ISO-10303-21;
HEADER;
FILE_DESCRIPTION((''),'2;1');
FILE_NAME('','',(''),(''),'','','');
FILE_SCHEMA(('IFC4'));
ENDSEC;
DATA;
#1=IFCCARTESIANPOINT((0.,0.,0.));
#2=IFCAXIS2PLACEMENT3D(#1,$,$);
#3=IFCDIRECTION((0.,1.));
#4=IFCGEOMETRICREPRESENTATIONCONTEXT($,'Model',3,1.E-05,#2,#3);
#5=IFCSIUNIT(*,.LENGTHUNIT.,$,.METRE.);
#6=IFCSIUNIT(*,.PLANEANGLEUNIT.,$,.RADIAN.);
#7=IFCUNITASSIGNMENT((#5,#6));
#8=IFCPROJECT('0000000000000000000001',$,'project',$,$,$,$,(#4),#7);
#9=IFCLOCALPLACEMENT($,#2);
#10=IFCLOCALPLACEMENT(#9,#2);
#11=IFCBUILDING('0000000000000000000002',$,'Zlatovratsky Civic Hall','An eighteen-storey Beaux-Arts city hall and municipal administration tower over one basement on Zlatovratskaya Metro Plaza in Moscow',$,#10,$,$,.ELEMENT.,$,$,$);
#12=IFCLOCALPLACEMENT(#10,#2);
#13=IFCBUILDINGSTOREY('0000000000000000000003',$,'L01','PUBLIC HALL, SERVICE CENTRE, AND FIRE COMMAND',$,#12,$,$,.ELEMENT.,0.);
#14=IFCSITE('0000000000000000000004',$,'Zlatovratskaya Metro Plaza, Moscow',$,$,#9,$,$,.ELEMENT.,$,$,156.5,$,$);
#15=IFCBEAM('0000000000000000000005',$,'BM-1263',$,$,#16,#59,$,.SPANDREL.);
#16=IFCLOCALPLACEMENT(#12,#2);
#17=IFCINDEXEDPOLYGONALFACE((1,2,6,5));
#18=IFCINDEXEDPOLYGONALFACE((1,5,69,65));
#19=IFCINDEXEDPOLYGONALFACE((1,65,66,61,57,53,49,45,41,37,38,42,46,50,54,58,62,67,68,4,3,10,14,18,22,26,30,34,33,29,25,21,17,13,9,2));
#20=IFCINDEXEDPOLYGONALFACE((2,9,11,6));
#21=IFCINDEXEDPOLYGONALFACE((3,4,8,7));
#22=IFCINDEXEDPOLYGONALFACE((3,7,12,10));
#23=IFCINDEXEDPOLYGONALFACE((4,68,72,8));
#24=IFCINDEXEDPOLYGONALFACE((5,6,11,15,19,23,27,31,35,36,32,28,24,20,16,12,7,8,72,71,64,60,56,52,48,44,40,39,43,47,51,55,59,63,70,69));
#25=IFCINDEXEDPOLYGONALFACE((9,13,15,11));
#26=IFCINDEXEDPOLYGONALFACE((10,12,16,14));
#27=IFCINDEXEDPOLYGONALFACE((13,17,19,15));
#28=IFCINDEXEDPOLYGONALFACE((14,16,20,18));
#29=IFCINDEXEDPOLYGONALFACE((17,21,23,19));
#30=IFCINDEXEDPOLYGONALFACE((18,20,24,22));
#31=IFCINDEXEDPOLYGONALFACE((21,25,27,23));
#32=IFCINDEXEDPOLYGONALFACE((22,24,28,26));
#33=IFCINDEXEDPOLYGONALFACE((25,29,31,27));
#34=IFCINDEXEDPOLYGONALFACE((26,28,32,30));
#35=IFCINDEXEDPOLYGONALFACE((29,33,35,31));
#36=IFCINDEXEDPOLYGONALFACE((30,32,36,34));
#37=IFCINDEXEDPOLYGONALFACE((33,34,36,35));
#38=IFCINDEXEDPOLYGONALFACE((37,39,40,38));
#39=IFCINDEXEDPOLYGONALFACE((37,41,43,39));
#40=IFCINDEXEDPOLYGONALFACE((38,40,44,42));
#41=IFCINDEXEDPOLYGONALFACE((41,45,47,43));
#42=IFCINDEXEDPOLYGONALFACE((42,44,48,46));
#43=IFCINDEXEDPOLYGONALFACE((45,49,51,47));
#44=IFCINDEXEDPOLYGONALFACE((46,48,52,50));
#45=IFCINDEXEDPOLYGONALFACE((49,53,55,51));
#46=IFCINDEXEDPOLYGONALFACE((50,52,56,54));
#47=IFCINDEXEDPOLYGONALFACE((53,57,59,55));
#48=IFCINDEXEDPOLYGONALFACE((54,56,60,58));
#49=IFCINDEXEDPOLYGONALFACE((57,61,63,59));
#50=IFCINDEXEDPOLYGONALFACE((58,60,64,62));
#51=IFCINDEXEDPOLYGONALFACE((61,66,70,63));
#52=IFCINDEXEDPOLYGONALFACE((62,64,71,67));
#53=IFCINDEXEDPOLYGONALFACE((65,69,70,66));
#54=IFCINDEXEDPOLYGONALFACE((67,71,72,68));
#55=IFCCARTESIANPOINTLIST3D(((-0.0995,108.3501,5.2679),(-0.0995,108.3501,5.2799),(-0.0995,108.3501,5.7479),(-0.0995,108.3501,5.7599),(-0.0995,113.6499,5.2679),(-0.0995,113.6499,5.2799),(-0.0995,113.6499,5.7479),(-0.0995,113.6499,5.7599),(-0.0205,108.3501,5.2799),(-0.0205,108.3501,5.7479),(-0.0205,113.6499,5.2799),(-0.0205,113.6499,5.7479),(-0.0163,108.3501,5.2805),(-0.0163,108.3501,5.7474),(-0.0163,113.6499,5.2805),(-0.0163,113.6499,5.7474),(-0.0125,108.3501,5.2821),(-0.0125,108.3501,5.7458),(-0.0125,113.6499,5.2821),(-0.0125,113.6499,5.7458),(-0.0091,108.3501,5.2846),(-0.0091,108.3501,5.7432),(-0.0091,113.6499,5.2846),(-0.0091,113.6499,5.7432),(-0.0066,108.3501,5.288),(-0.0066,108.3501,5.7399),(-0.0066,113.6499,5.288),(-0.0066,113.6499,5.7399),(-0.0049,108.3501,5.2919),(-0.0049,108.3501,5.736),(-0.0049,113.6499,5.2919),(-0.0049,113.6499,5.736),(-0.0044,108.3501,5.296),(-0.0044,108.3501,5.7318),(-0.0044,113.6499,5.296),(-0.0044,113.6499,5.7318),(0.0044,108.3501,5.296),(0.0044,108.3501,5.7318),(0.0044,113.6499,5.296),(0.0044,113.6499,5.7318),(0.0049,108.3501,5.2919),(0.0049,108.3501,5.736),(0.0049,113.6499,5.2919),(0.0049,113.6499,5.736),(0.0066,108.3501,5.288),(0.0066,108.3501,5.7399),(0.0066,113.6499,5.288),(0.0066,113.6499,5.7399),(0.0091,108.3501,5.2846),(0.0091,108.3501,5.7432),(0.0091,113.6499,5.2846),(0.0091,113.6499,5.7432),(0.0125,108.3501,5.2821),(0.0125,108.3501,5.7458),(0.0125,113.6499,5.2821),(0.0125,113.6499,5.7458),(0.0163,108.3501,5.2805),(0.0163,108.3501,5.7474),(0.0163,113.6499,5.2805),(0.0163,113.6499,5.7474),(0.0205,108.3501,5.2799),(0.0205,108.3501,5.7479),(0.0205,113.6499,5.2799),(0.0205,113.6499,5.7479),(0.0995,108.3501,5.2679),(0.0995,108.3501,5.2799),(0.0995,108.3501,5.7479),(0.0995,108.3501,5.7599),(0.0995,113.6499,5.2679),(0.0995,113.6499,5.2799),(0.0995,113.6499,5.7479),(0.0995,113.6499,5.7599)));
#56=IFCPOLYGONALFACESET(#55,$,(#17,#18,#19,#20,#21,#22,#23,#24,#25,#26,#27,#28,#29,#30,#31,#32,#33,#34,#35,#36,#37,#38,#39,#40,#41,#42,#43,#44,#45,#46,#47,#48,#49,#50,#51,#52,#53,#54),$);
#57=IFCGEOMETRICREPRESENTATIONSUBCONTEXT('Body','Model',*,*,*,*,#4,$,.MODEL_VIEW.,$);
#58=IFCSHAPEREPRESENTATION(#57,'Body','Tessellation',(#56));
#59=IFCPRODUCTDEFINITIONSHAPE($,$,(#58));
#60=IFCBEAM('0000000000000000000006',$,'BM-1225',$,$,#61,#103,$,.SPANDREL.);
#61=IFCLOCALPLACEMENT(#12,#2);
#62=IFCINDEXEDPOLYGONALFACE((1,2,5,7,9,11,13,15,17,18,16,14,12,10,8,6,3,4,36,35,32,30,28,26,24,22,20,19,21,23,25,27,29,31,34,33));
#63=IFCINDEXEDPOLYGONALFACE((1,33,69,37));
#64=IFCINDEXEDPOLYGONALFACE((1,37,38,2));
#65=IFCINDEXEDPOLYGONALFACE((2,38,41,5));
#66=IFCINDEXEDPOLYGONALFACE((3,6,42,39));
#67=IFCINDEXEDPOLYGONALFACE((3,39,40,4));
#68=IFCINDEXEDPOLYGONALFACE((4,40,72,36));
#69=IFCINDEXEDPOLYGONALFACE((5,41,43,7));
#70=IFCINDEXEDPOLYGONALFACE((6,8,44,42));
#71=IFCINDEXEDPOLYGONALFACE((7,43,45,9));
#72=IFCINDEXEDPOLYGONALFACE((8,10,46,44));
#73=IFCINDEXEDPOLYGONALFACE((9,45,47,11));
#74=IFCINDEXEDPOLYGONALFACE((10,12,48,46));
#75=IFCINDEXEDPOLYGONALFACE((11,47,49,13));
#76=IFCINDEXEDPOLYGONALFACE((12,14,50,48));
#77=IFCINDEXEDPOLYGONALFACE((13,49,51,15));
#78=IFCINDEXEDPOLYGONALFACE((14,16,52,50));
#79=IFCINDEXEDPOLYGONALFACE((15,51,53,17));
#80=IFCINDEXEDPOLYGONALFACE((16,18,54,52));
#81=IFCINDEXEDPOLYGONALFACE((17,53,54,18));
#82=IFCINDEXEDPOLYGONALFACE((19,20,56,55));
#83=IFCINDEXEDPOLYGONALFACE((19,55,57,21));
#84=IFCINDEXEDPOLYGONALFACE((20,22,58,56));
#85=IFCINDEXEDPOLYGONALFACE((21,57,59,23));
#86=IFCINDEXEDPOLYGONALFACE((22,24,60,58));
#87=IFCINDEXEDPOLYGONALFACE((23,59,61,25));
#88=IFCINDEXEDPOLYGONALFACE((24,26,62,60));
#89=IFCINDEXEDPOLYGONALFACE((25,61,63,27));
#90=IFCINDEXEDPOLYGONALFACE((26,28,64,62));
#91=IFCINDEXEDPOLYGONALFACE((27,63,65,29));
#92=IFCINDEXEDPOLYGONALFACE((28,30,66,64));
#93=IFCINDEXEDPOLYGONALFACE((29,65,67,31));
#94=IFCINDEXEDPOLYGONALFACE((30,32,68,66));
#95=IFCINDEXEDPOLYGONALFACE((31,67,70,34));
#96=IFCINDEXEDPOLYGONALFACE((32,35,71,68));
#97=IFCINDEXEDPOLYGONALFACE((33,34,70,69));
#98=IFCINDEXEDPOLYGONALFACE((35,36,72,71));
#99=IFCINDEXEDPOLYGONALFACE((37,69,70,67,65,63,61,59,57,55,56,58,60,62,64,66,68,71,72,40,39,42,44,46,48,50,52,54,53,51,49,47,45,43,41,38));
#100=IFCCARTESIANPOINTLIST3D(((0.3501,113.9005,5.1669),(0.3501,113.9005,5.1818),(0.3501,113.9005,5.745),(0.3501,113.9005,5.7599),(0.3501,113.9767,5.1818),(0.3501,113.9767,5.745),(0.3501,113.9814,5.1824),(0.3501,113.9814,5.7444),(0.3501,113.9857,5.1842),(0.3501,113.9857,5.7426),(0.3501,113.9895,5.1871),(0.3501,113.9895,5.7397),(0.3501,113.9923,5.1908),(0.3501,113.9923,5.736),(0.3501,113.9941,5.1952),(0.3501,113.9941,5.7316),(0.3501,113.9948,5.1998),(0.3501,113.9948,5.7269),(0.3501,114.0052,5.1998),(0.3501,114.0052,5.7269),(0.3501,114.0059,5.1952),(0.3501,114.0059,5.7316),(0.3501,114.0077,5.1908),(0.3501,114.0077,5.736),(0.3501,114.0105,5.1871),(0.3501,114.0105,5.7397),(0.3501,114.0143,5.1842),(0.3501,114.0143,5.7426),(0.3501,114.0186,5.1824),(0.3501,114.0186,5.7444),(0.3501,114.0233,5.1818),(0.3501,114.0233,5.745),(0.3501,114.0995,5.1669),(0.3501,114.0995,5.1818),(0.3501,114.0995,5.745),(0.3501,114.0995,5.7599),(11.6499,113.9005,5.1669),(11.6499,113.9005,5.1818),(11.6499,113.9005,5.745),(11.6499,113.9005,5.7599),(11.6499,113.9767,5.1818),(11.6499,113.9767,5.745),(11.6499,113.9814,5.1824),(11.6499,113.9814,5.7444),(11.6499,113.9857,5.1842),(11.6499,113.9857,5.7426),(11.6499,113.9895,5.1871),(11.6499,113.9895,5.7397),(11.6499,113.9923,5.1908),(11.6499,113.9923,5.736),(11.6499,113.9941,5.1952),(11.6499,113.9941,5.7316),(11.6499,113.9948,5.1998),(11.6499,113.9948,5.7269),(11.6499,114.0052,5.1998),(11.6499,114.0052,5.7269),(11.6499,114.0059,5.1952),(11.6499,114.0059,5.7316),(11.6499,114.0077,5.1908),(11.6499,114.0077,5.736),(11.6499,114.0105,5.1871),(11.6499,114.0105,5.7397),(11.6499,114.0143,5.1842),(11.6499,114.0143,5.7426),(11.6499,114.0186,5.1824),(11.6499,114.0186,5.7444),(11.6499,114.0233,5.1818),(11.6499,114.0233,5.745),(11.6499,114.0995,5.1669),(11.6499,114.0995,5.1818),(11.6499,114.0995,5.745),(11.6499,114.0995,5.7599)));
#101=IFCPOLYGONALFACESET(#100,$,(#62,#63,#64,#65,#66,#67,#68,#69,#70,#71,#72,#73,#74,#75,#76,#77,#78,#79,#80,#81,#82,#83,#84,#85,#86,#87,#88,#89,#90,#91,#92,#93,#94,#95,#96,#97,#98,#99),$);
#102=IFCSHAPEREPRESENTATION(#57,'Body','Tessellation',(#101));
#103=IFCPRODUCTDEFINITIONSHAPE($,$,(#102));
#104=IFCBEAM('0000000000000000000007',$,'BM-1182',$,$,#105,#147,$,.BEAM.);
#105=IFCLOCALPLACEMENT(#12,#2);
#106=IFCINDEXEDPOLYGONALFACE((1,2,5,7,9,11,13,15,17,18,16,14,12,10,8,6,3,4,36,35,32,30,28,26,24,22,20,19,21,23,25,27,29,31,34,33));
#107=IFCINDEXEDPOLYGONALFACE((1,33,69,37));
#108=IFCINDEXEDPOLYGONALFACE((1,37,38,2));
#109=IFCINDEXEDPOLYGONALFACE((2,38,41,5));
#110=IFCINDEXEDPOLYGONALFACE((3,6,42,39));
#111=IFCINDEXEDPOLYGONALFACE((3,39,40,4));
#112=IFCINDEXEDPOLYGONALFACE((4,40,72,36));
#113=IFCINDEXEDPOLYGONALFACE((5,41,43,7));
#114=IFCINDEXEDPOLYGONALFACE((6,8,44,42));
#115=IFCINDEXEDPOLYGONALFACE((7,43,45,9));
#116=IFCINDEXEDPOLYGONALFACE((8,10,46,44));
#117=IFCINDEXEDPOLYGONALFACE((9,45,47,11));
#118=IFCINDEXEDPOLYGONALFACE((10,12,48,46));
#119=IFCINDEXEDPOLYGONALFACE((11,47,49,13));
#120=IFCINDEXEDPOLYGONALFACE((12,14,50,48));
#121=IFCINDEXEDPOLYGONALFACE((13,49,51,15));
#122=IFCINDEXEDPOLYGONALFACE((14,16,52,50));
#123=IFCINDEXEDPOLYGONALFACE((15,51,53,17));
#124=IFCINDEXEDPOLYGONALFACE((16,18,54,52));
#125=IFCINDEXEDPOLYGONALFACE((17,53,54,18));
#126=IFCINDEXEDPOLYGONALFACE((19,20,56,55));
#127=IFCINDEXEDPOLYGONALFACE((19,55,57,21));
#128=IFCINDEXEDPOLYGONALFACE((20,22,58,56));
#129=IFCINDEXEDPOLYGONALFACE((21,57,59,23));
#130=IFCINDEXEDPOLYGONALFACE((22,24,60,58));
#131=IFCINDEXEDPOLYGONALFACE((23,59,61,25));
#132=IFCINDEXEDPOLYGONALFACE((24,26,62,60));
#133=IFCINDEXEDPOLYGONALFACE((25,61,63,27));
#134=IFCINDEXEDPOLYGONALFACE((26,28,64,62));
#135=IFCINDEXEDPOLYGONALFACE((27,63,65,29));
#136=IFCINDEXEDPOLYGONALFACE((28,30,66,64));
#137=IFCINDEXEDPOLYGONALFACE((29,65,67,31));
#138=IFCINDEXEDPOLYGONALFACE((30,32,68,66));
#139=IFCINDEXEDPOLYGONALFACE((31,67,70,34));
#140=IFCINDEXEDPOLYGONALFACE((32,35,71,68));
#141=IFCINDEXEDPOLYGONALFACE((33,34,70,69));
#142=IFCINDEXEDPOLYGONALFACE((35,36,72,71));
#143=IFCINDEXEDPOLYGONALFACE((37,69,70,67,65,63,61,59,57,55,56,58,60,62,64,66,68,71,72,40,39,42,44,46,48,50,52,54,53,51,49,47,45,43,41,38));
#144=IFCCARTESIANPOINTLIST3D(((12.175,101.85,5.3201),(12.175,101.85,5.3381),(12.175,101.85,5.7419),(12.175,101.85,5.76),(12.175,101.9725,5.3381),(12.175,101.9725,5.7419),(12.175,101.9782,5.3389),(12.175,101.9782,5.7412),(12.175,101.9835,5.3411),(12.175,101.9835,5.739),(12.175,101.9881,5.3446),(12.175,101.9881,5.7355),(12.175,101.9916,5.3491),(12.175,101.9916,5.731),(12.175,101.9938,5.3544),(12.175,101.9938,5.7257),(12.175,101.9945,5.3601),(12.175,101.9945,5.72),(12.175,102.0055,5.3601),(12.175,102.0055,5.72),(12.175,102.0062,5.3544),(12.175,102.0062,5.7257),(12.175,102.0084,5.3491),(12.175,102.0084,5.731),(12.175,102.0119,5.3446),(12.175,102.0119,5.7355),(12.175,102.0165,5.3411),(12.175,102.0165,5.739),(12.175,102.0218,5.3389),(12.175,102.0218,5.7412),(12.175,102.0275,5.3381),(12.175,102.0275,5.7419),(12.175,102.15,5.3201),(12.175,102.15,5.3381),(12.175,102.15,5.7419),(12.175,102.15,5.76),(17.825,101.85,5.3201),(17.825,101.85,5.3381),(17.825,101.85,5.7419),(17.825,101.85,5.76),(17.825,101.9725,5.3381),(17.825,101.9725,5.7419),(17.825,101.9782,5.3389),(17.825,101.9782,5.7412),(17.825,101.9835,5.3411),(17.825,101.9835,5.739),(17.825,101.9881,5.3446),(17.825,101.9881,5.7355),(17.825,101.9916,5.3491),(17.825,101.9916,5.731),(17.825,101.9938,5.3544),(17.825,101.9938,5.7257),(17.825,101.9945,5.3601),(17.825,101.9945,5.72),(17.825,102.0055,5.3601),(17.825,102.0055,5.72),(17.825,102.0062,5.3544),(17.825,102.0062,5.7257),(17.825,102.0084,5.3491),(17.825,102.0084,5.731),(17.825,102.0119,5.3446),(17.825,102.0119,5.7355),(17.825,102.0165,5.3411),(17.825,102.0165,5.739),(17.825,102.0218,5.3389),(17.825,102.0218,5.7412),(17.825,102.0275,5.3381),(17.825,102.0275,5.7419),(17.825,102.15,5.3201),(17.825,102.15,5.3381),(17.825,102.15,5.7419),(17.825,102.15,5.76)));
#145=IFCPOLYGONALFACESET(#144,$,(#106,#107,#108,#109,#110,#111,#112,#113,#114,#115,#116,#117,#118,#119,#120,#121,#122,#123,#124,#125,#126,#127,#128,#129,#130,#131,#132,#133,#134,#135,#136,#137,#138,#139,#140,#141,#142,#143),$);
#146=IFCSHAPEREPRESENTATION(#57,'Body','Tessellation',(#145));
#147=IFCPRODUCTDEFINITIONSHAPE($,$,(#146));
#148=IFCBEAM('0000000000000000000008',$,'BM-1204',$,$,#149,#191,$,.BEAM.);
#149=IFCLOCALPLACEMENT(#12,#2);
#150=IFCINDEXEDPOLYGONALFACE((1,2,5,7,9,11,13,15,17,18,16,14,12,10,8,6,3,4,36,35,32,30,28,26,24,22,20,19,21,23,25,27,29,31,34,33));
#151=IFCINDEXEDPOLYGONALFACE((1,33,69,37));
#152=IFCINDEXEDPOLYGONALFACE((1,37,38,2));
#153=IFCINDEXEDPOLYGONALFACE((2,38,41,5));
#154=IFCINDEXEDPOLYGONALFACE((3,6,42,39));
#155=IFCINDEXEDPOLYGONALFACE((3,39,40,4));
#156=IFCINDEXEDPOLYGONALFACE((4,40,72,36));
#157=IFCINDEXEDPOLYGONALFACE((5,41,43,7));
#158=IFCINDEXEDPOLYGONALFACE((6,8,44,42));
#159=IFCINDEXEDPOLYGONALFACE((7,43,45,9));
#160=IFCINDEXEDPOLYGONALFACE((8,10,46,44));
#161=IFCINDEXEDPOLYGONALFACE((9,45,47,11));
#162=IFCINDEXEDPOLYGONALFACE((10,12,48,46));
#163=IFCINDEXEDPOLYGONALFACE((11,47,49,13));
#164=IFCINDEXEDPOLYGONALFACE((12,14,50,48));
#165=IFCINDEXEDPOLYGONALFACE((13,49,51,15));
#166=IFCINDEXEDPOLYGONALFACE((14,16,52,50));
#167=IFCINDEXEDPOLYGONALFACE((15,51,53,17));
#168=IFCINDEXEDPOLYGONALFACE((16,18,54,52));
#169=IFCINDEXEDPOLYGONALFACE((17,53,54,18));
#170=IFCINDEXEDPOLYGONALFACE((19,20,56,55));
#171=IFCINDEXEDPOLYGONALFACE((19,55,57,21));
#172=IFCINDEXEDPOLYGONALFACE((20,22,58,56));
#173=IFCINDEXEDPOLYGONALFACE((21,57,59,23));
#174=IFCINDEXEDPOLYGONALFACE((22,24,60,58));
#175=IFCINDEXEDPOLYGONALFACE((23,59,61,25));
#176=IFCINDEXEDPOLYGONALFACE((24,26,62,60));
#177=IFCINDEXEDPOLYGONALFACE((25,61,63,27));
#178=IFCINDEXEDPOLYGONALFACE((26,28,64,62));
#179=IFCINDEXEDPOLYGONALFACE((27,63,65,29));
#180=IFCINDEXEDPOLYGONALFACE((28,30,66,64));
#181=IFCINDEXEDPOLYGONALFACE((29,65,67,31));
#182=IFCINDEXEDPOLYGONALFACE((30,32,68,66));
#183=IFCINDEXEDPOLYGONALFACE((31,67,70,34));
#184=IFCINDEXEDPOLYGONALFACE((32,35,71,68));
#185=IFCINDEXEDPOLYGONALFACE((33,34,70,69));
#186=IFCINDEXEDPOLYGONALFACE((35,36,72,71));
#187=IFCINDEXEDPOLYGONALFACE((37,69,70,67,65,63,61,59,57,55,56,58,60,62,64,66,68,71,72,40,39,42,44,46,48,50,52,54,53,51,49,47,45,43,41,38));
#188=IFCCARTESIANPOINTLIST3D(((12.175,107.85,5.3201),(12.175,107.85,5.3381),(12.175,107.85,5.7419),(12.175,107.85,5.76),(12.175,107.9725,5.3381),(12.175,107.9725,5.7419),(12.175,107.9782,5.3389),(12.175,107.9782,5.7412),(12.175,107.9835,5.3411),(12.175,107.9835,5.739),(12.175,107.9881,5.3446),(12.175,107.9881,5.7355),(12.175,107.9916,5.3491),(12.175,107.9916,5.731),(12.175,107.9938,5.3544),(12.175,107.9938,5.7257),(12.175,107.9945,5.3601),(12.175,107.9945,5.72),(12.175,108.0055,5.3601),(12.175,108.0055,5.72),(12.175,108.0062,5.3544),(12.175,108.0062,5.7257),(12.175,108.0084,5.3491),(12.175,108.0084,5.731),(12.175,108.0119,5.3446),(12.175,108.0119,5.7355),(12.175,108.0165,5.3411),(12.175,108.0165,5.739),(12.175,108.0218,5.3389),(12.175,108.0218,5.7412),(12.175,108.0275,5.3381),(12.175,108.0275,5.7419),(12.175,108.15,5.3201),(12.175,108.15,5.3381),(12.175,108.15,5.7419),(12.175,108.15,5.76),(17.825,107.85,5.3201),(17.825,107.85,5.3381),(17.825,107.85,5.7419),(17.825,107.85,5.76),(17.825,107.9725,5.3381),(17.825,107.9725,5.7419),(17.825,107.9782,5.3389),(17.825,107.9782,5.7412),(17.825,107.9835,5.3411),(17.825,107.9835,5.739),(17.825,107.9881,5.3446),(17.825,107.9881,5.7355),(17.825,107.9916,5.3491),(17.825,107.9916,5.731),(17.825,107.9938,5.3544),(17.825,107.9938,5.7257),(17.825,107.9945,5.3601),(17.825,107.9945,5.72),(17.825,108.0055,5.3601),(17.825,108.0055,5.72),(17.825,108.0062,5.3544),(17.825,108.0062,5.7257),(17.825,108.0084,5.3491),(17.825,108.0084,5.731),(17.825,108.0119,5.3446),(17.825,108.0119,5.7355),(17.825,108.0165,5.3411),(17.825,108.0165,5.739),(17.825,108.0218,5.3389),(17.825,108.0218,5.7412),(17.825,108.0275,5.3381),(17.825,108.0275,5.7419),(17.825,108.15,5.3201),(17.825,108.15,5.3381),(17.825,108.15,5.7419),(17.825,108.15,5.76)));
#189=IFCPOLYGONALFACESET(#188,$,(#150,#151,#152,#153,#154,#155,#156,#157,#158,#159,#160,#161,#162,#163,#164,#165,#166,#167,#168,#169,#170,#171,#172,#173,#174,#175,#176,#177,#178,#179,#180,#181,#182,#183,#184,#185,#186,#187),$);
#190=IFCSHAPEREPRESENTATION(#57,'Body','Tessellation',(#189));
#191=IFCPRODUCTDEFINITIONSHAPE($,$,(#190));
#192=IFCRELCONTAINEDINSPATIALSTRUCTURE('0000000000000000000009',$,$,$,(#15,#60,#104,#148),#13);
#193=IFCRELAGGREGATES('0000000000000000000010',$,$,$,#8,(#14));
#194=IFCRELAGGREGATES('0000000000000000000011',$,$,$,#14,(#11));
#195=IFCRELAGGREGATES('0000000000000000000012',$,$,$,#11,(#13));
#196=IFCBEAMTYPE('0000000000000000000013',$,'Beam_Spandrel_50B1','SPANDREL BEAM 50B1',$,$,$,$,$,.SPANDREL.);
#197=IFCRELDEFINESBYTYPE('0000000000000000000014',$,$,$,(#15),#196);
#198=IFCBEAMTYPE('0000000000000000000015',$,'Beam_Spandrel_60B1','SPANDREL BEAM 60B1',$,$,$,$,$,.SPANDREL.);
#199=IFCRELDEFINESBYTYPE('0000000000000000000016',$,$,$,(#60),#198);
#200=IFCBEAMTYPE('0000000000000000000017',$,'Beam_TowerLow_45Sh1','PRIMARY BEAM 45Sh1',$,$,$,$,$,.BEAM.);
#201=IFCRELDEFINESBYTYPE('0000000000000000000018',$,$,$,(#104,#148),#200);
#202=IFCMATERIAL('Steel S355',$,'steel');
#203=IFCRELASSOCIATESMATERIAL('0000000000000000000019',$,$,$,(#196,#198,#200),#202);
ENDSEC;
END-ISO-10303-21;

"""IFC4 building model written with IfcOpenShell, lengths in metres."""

from ifc_helpers import new_model, si_unit, direction, frame, origin, origin_2d, place, context, subcontext, project, spatial, i_section, extrude, material, material_profile, profile_set, type_object, element, save


model = new_model("IFC4")

# Units and contexts
model_context = context("Model", 3, precision=1e-05, world=origin(), true_north=direction((0.0, 1.0)))
body_context = subcontext(model_context, "Body", "Model", "MODEL_VIEW")
ifc_project = project(units=[si_unit("LENGTHUNIT", "METRE"), si_unit("PLANEANGLEUNIT", "RADIAN")], contexts=[model_context])

# Site, building, storey
site_placement = place(None, origin())
site = spatial("IfcSite", under=ifc_project, at=site_placement, Name="Zlatovratskaya Metro Plaza, Moscow", CompositionType="ELEMENT", RefElevation=156.5)
building_placement = place(site_placement, origin())
building = spatial("IfcBuilding", under=site, at=building_placement, Name="Zlatovratsky Civic Hall", Description="An eighteen-storey Beaux-Arts city hall and municipal administration tower over one basement on Zlatovratskaya Metro Plaza in Moscow", CompositionType="ELEMENT")
storey_placement = place(building_placement, origin())
storey = spatial("IfcBuildingStorey", under=building, at=storey_placement, Name="L01", Description="PUBLIC HALL, SERVICE CENTRE, AND FIRE COMMAND", CompositionType="ELEMENT", Elevation=0.0)

# Shared definitions
ifc_material_1 = material(Name="Steel S355", Category="steel")

# Beams
ifc_material_profile_1 = material_profile(ifc_material_1, i_section(OverallWidth=0.199, OverallDepth=0.4919, WebThickness=0.0088, FlangeThickness=0.012, FilletRadius=0.0161, at=origin_2d()), Name="50B1")
ifc_profile_set_1 = profile_set([ifc_material_profile_1], Name="Steel S355")
beam_type_1 = type_object("IfcBeamType", Name="Beam_Spandrel_50B1", Description="SPANDREL BEAM 50B1", PredefinedType="SPANDREL", material=ifc_profile_set_1)
for number, where, z_axis, x_axis, name in (
    (1, (0.0, 108.3501, 5.5139), (0.0, 1.0, 0.0), (-1.0, 0.0, 0.0), "BM-1263"),
):
    element("IfcBeam", number, at=place(storey_placement, frame(where, z_axis=z_axis, x_axis=x_axis)), inside=storey, type_object=beam_type_1, Name=name, PredefinedType="SPANDREL", context=body_context, shape_type="SweptSolid", body=[
        extrude(i_section(OverallWidth=0.199, OverallDepth=0.4919, WebThickness=0.0088, FlangeThickness=0.012, FilletRadius=0.0161, at=origin_2d()), origin(), (0.0, 0.0, 1.0), 5.2998),
    ])
ifc_material_profile_2 = material_profile(ifc_material_1, i_section(OverallWidth=0.199, OverallDepth=0.593, WebThickness=0.0105, FlangeThickness=0.0149, FilletRadius=0.0181, at=origin_2d()), Name="60B1")
ifc_profile_set_2 = profile_set([ifc_material_profile_2], Name="Steel S355")
beam_type_2 = type_object("IfcBeamType", Name="Beam_Spandrel_60B1", Description="SPANDREL BEAM 60B1", PredefinedType="SPANDREL", material=ifc_profile_set_2)
beam_1_placement = place(storey_placement, frame((0.3501, 114.0, 5.4634), z_axis=(1.0, 0.0, 0.0), x_axis=(0.0, 1.0, 0.0)))
element("IfcBeam", 2, at=beam_1_placement, inside=storey, type_object=beam_type_2, Name="BM-1225", PredefinedType="SPANDREL", context=body_context, shape_type="SweptSolid", body=[
    extrude(i_section(OverallWidth=0.199, OverallDepth=0.593, WebThickness=0.0105, FlangeThickness=0.0149, FilletRadius=0.0181, at=origin_2d()), origin(), (0.0, 0.0, 1.0), 11.2998),
])
ifc_material_profile_3 = material_profile(ifc_material_1, i_section(OverallWidth=0.3, OverallDepth=0.4399, WebThickness=0.011, FlangeThickness=0.0181, FilletRadius=0.022, at=origin_2d()), Name="45Sh1")
ifc_profile_set_3 = profile_set([ifc_material_profile_3], Name="Steel S355")
beam_type_3 = type_object("IfcBeamType", Name="Beam_TowerLow_45Sh1", Description="PRIMARY BEAM 45Sh1", PredefinedType="BEAM", material=ifc_profile_set_3)
for number, where, z_axis, x_axis, name in (
    (3, (12.175, 102.0, 5.54), (1.0, 0.0, 0.0), (0.0, 1.0, 0.0), "BM-1182"),
    (4, (12.175, 108.0, 5.54), (1.0, 0.0, 0.0), (0.0, 1.0, 0.0), "BM-1204"),
):
    element("IfcBeam", number, at=place(storey_placement, frame(where, z_axis=z_axis, x_axis=x_axis)), inside=storey, type_object=beam_type_3, Name=name, PredefinedType="BEAM", context=body_context, shape_type="SweptSolid", body=[
        extrude(i_section(OverallWidth=0.3, OverallDepth=0.4399, WebThickness=0.011, FlangeThickness=0.0181, FilletRadius=0.022, at=origin_2d()), origin(), (0.0, 0.0, 1.0), 5.6499),
    ])

save(model, "model.ifc")
